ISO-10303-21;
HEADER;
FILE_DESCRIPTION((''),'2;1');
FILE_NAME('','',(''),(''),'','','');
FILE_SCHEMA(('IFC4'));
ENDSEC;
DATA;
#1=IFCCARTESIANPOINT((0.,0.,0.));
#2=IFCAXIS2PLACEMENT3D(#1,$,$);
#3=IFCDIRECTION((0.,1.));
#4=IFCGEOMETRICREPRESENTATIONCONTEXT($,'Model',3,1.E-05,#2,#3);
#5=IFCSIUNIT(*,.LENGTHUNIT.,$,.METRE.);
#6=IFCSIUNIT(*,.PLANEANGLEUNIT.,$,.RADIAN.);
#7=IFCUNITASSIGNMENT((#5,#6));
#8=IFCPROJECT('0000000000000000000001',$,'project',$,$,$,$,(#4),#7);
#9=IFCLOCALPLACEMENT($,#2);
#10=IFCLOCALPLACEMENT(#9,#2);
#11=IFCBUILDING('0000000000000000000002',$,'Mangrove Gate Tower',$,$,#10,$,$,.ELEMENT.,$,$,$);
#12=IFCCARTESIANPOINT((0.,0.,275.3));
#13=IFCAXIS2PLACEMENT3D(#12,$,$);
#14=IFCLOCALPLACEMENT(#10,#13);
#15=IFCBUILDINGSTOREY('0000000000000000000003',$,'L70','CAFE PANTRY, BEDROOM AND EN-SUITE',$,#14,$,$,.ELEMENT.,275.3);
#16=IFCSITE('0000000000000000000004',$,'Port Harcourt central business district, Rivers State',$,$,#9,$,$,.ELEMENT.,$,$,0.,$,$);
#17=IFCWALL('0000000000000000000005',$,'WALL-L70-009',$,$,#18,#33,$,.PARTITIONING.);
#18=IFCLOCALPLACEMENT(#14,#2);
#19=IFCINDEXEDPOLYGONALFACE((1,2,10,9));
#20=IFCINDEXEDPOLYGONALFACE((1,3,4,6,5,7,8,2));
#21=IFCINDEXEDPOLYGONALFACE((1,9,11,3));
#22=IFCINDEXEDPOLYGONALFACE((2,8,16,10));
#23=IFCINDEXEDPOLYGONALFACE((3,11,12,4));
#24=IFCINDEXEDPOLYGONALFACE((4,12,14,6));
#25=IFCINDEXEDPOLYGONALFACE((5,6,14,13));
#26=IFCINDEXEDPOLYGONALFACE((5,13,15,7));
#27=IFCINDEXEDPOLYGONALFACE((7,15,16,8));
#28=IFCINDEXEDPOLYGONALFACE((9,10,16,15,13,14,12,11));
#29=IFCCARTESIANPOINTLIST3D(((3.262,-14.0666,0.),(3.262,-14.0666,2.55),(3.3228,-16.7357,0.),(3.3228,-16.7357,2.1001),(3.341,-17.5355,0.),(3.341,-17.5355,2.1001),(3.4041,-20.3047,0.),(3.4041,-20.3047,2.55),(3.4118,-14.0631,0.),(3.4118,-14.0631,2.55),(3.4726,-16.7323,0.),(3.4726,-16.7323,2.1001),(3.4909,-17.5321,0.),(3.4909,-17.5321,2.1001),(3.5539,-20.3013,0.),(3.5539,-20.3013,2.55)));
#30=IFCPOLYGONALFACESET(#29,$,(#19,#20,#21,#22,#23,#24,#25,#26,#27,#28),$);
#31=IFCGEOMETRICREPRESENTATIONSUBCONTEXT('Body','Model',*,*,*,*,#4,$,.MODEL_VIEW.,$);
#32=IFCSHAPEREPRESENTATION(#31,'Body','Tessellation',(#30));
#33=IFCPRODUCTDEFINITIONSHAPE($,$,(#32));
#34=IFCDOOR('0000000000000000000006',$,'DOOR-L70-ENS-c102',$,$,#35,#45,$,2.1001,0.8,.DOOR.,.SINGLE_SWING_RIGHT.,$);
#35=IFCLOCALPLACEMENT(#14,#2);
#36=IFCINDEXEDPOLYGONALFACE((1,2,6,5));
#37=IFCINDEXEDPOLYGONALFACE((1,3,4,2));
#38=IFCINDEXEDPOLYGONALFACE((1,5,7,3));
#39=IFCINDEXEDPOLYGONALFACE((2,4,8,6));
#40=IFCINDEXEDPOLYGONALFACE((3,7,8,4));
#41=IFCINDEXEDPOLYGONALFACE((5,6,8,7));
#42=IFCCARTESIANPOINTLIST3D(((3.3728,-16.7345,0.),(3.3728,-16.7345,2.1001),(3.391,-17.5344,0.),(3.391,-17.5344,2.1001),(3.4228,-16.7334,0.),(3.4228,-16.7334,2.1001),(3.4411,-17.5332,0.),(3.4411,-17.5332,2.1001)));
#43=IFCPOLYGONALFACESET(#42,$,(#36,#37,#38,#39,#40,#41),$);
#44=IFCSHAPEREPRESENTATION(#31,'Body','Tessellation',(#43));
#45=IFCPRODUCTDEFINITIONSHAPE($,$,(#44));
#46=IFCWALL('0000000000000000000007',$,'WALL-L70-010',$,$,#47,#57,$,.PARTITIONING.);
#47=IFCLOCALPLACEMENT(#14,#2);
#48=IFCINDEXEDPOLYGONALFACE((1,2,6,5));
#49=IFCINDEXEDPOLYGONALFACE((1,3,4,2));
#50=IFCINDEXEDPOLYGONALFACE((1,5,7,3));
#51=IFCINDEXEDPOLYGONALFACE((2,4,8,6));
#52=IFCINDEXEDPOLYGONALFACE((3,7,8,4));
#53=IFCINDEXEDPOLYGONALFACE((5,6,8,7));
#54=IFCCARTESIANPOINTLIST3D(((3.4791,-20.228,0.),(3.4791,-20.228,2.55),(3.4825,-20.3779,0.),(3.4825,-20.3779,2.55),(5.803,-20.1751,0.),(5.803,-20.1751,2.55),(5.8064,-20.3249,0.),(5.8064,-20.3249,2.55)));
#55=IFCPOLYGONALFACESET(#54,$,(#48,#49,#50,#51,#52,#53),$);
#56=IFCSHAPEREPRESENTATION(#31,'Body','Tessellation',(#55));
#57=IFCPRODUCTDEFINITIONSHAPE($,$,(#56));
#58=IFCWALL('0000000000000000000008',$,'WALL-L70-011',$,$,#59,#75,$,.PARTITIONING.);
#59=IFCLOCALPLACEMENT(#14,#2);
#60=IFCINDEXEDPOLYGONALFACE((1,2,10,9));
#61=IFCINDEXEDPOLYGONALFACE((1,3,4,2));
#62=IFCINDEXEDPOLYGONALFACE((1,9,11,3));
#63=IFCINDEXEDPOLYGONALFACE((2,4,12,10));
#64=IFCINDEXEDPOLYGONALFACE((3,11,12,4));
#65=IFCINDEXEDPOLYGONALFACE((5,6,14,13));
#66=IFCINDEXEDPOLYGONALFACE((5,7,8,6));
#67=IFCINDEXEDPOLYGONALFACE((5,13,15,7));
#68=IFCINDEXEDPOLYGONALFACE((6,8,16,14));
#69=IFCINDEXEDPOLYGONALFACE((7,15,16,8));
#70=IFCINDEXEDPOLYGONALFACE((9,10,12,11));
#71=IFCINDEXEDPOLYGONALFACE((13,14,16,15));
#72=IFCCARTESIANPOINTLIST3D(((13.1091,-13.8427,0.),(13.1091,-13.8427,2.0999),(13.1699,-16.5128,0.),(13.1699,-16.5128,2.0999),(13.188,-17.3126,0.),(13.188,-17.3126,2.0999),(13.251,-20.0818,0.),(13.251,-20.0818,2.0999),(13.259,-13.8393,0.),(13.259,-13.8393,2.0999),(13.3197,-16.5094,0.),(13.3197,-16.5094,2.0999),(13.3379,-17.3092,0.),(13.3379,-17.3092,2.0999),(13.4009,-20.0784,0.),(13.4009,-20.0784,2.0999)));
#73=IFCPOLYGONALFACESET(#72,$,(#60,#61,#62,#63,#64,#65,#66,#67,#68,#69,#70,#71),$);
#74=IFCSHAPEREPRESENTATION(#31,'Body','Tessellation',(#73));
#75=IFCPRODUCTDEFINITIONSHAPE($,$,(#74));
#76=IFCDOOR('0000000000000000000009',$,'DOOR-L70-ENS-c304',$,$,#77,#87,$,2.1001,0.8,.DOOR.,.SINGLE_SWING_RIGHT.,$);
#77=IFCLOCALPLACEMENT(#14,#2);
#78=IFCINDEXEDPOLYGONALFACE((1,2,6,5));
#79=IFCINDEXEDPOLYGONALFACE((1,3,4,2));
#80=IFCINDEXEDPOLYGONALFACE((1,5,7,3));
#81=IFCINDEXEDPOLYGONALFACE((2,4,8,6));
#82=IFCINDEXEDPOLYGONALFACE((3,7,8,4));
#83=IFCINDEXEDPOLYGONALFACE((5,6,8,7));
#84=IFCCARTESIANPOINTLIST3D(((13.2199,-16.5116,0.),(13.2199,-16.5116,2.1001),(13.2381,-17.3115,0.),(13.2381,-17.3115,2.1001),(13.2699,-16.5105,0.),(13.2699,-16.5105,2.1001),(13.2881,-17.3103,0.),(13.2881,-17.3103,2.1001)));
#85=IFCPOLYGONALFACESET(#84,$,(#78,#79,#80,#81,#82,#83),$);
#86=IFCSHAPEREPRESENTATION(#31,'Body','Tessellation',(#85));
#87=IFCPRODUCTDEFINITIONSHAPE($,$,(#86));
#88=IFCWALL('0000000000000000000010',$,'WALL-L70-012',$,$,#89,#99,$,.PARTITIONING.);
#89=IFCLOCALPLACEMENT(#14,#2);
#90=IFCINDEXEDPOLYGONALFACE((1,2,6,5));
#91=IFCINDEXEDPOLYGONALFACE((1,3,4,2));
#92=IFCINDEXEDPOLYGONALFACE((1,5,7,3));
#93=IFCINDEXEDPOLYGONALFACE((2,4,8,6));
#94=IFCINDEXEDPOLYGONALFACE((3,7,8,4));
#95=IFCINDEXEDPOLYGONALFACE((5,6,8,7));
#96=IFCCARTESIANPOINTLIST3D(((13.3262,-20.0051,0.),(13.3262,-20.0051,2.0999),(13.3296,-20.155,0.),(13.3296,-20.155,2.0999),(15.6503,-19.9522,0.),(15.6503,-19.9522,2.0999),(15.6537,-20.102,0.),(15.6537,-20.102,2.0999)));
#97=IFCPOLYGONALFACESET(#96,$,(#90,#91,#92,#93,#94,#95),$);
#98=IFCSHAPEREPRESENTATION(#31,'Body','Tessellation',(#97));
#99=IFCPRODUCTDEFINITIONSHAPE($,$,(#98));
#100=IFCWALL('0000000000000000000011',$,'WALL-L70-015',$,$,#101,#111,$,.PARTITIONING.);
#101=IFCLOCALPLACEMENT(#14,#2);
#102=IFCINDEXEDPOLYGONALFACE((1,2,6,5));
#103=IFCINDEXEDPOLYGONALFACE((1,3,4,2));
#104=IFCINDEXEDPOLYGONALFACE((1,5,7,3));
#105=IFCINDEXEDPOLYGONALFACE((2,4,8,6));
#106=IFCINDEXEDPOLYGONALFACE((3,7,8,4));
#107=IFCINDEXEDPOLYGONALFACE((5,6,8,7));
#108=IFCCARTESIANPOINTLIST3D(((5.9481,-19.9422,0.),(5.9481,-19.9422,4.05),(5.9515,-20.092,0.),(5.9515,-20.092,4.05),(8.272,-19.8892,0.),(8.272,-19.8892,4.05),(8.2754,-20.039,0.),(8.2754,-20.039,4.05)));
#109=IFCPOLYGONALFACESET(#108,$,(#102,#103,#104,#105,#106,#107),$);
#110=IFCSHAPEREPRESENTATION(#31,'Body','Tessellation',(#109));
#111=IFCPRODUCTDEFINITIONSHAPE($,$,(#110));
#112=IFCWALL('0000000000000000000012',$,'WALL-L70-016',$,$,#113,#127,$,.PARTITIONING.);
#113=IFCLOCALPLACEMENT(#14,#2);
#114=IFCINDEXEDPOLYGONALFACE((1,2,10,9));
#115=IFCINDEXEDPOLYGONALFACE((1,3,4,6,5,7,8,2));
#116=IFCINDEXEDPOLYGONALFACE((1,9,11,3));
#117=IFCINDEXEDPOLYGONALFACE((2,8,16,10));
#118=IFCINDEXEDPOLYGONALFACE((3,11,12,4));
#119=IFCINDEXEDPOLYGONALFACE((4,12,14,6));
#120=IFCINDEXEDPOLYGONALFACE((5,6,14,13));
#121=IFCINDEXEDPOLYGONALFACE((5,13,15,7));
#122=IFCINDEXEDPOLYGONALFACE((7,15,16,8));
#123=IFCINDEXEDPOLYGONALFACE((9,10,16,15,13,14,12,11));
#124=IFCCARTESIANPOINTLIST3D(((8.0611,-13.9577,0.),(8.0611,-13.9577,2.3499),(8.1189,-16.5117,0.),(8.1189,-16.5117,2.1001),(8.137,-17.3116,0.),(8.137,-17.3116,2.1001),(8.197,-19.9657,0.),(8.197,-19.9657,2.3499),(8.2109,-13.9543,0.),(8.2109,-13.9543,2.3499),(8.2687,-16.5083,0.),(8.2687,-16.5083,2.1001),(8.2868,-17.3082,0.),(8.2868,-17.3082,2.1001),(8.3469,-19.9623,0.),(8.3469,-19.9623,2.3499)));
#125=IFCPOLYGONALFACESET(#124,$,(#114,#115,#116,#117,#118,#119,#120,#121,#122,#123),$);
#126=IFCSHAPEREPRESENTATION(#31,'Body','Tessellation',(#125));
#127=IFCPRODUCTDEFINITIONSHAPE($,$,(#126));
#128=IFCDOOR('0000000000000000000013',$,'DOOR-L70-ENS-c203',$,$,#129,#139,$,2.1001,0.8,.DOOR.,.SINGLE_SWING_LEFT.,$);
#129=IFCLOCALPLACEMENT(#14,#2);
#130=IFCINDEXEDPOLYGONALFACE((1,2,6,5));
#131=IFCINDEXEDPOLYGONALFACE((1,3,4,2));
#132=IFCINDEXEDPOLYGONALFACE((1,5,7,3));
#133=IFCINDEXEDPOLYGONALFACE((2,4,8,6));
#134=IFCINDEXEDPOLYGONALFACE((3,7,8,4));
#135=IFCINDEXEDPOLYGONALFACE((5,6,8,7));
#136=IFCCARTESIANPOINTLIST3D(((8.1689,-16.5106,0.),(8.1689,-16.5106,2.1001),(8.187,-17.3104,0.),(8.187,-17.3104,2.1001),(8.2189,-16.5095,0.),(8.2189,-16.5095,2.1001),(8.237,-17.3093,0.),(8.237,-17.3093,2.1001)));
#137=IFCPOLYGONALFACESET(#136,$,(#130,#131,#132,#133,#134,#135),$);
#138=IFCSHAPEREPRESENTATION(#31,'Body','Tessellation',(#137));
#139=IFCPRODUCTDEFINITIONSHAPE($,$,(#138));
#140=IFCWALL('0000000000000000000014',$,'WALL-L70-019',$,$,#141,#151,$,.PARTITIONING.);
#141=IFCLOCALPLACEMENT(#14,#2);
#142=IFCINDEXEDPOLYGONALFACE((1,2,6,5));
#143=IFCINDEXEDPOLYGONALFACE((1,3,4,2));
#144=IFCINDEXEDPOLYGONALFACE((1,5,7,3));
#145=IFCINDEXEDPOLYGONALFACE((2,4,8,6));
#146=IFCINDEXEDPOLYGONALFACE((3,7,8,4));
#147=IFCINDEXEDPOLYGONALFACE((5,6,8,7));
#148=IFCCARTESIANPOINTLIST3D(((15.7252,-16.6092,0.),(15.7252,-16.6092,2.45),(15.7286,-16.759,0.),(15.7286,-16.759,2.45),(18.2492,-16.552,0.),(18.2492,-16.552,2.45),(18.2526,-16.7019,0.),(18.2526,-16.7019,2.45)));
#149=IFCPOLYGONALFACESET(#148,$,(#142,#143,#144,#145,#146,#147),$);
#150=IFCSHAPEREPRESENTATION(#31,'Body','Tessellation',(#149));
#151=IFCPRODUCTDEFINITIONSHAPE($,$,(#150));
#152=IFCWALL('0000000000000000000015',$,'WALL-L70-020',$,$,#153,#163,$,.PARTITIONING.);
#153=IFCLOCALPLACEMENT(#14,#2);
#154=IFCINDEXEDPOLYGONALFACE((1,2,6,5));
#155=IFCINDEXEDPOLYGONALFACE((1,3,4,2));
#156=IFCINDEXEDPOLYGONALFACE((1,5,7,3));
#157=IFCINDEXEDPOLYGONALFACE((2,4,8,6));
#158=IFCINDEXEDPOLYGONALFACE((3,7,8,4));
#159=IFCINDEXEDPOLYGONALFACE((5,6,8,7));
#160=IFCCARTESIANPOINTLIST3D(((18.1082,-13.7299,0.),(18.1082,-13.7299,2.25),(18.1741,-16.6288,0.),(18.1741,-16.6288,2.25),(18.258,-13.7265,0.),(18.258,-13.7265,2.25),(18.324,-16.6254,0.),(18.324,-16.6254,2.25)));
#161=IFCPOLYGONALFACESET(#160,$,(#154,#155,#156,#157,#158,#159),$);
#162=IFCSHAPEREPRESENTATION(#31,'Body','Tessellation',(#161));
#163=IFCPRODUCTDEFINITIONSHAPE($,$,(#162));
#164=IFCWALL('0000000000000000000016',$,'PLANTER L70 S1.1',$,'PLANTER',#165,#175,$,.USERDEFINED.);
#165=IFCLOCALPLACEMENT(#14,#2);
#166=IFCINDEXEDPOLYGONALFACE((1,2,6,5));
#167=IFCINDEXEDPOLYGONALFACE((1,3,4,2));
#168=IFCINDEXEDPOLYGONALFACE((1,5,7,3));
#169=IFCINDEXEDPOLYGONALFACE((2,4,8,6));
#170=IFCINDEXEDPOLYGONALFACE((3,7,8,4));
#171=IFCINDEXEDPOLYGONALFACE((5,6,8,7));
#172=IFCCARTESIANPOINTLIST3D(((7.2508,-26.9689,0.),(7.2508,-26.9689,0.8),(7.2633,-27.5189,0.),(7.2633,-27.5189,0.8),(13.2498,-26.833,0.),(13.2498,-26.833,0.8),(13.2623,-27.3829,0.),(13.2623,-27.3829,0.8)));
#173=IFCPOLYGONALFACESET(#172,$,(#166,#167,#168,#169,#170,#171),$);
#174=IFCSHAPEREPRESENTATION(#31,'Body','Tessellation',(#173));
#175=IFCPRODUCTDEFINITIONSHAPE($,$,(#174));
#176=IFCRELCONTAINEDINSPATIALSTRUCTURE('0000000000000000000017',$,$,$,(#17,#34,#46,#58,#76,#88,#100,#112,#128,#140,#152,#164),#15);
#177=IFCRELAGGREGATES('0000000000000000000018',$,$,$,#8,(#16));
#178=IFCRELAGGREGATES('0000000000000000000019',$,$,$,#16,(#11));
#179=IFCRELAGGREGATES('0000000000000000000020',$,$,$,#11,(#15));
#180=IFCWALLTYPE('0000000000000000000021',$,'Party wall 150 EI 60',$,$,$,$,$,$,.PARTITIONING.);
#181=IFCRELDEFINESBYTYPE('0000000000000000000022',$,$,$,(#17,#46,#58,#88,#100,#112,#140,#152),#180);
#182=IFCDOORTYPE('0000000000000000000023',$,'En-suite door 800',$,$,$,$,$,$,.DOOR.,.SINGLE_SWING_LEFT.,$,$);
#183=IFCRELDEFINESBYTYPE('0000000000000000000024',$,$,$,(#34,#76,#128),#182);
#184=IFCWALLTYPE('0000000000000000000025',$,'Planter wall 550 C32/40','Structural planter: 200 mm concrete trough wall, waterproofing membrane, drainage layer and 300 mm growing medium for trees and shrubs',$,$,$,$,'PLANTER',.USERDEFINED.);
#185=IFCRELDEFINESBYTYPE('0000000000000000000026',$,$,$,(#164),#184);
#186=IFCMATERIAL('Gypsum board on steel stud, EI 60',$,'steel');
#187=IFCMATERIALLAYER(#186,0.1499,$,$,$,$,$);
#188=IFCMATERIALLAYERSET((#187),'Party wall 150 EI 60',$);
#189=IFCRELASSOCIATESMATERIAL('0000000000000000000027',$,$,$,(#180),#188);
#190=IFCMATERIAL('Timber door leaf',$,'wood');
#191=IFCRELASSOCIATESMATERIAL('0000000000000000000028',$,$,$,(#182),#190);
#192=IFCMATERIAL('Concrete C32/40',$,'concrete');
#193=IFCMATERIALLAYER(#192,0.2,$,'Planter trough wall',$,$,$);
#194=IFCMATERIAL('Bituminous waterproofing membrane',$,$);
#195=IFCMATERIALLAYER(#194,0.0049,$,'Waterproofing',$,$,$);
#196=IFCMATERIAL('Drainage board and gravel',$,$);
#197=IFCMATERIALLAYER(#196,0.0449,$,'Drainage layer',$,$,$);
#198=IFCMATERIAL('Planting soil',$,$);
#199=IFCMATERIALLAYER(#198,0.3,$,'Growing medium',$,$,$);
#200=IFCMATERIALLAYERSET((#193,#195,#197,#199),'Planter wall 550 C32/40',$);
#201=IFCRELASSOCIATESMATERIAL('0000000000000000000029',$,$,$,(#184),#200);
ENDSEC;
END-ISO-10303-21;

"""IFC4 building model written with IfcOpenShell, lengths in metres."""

from ifc_helpers import new_model, si_unit, direction, frame, frame_2d, origin, place, context, subcontext, project, spatial, rectangle, extrude, material, layer, layer_set, type_object, element, fill, save


model = new_model("IFC4")

# Units and contexts
model_context = context("Model", 3, precision=1e-05, world=origin(), true_north=direction((0.0, 1.0)))
body_context = subcontext(model_context, "Body", "Model", "MODEL_VIEW")
ifc_project = project(units=[si_unit("LENGTHUNIT", "METRE"), si_unit("PLANEANGLEUNIT", "RADIAN")], contexts=[model_context])

# Site, building, storey
site_placement = place(None, origin())
site = spatial("IfcSite", under=ifc_project, at=site_placement, Name="Port Harcourt central business district, Rivers State", CompositionType="ELEMENT", RefElevation=0.0)
building_placement = place(site_placement, origin())
building = spatial("IfcBuilding", under=site, at=building_placement, Name="Mangrove Gate Tower", CompositionType="ELEMENT")
storey_placement = place(building_placement, frame((0.0, 0.0, 275.3)))
storey = spatial("IfcBuildingStorey", under=building, at=storey_placement, Name="L70", Description="CAFE PANTRY, BEDROOM AND EN-SUITE", CompositionType="ELEMENT", Elevation=275.3)

# Shared definitions
ifc_material_1 = material(Name="Concrete C32/40", Category="concrete")
ifc_material_2 = material(Name="Gypsum board on steel stud, EI 60", Category="steel")
ifc_layer_1 = layer(ifc_material_2, 0.1499)
ifc_layer_set_1 = layer_set([ifc_layer_1], Name="Party wall 150 EI 60")
wall_type_1 = type_object("IfcWallType", Name="Party wall 150 EI 60", PredefinedType="PARTITIONING", material=ifc_layer_set_1)

# Wall, opening, door
wall_1_placement = place(storey_placement, frame((3.479, -20.303, 0.0), z_axis=(0.0, 0.0, 1.0), x_axis=(-0.022772, 0.999741, 0.0)))
wall_1 = element("IfcWall", 1, at=wall_1_placement, inside=storey, type_object=wall_type_1, Name="WALL-L70-009", PredefinedType="PARTITIONING", context=body_context, shape_type="SweptSolid", body=[
    extrude(rectangle(XDim=6.2397, YDim=0.1499, at=frame_2d((3.1199, 0.0))), origin(), (0.0, 0.0, 1.0), 2.55),
])
opening_1_placement = place(wall_1_placement, frame((2.77, 0.0, 0.0)))
opening_1 = element("IfcOpeningElement", 2, at=opening_1_placement, cuts=wall_1, PredefinedType="OPENING", context=body_context, shape_type="SweptSolid", body=[
    extrude(rectangle(XDim=0.8, YDim=2.1001, at=frame_2d((0.3999, 1.05))), frame((0.0, 0.085, 0.0), z_axis=(0.0, -1.0, 0.0), x_axis=(1.0, 0.0, 0.0)), (0.0, 0.0, 1.0), 0.1699),
])
ifc_material_3 = material(Name="Timber door leaf", Category="wood")
door_type = type_object("IfcDoorType", Name="En-suite door 800", OperationType="SINGLE_SWING_LEFT", PredefinedType="DOOR", material=ifc_material_3)
door_1_placement = place(opening_1_placement, origin())
door_1 = element("IfcDoor", 3, at=door_1_placement, inside=storey, type_object=door_type, Name="DOOR-L70-ENS-c102", OperationType="SINGLE_SWING_RIGHT", OverallHeight=2.1001, OverallWidth=0.8, PredefinedType="DOOR", context=body_context, shape_type="SweptSolid", body=[
    extrude(rectangle(XDim=0.8, YDim=2.1001, at=frame_2d((0.3999, 1.05))), frame((0.0, 0.0249, 0.0), z_axis=(0.0, -1.0, 0.0), x_axis=(1.0, 0.0, 0.0)), (0.0, 0.0, 1.0), 0.05),
])
fill(opening_1, door_1)

# Wall
wall_2_placement = place(storey_placement, frame((3.481, -20.303, 0.0), z_axis=(0.0, 0.0, 1.0), x_axis=(0.99974, 0.022791, 0.0)))
element("IfcWall", 4, at=wall_2_placement, inside=storey, type_object=wall_type_1, Name="WALL-L70-010", PredefinedType="PARTITIONING", context=body_context, shape_type="SweptSolid", body=[
    extrude(rectangle(XDim=2.3245, YDim=0.1499, at=frame_2d((1.1621, 0.0))), origin(), (0.0, 0.0, 1.0), 2.55),
])

# Wall, opening, door
wall_3_placement = place(storey_placement, frame((13.3259, -20.0801, 0.0), z_axis=(0.0, 0.0, 1.0), x_axis=(-0.022729, 0.999742, 0.0)))
wall_3 = element("IfcWall", 5, at=wall_3_placement, inside=storey, type_object=wall_type_1, Name="WALL-L70-011", PredefinedType="PARTITIONING", context=body_context, shape_type="SweptSolid", body=[
    extrude(rectangle(XDim=6.2407, YDim=0.1499, at=frame_2d((3.1204, 0.0))), origin(), (0.0, 0.0, 1.0), 2.0999),
])
opening_2_placement = place(wall_3_placement, frame((2.77, 0.0, 0.0)))
opening_2 = element("IfcOpeningElement", 6, at=opening_2_placement, cuts=wall_3, PredefinedType="OPENING", context=body_context, shape_type="SweptSolid", body=[
    extrude(rectangle(XDim=0.8, YDim=2.1001, at=frame_2d((0.3999, 1.05))), frame((0.0, 0.085, 0.0), z_axis=(0.0, -1.0, 0.0), x_axis=(1.0, 0.0, 0.0)), (0.0, 0.0, 1.0), 0.1699),
])
door_2_placement = place(opening_2_placement, origin())
door_2 = element("IfcDoor", 7, at=door_2_placement, inside=storey, type_object=door_type, Name="DOOR-L70-ENS-c304", OperationType="SINGLE_SWING_RIGHT", OverallHeight=2.1001, OverallWidth=0.8, PredefinedType="DOOR", context=body_context, shape_type="SweptSolid", body=[
    extrude(rectangle(XDim=0.8, YDim=2.1001, at=frame_2d((0.3999, 1.05))), frame((0.0, 0.0249, 0.0), z_axis=(0.0, -1.0, 0.0), x_axis=(1.0, 0.0, 0.0)), (0.0, 0.0, 1.0), 0.05),
])
fill(opening_2, door_2)

# Walls
wall_4_placement = place(storey_placement, frame((13.3279, -20.0801, 0.0), z_axis=(0.0, 0.0, 1.0), x_axis=(0.99974, 0.022788, 0.0)))
element("IfcWall", 8, at=wall_4_placement, inside=storey, type_object=wall_type_1, Name="WALL-L70-012", PredefinedType="PARTITIONING", context=body_context, shape_type="SweptSolid", body=[
    extrude(rectangle(XDim=2.3247, YDim=0.1499, at=frame_2d((1.1624, 0.0))), origin(), (0.0, 0.0, 1.0), 2.0999),
])
wall_5_placement = place(storey_placement, frame((5.95, -20.0171, 0.0), z_axis=(0.0, 0.0, 1.0), x_axis=(0.99974, 0.022791, 0.0)))
element("IfcWall", 9, at=wall_5_placement, inside=storey, type_object=wall_type_1, Name="WALL-L70-015", PredefinedType="PARTITIONING", context=body_context, shape_type="SweptSolid", body=[
    extrude(rectangle(XDim=2.3245, YDim=0.1499, at=frame_2d((1.1621, 0.0))), origin(), (0.0, 0.0, 1.0), 4.05),
])

# Wall, opening, door
wall_6_placement = place(storey_placement, frame((8.272, -19.9641, 0.0), z_axis=(0.0, 0.0, 1.0), x_axis=(-0.022628, 0.999744, 0.0)))
wall_6 = element("IfcWall", 10, at=wall_6_placement, inside=storey, type_object=wall_type_1, Name="WALL-L70-016", PredefinedType="PARTITIONING", context=body_context, shape_type="SweptSolid", body=[
    extrude(rectangle(XDim=6.0095, YDim=0.1499, at=frame_2d((3.0049, 0.0))), origin(), (0.0, 0.0, 1.0), 2.3499),
])
opening_3_placement = place(wall_6_placement, frame((2.655, 0.0, 0.0)))
opening_3 = element("IfcOpeningElement", 11, at=opening_3_placement, cuts=wall_6, PredefinedType="OPENING", context=body_context, shape_type="SweptSolid", body=[
    extrude(rectangle(XDim=0.8, YDim=2.1001, at=frame_2d((0.3999, 1.05))), frame((0.0, 0.085, 0.0), z_axis=(0.0, -1.0, 0.0), x_axis=(1.0, 0.0, 0.0)), (0.0, 0.0, 1.0), 0.1699),
])
door_3_placement = place(opening_3_placement, origin())
door_3 = element("IfcDoor", 12, at=door_3_placement, inside=storey, type_object=door_type, Name="DOOR-L70-ENS-c203", OperationType="SINGLE_SWING_LEFT", OverallHeight=2.1001, OverallWidth=0.8, PredefinedType="DOOR", context=body_context, shape_type="SweptSolid", body=[
    extrude(rectangle(XDim=0.8, YDim=2.1001, at=frame_2d((0.3999, 1.05))), frame((0.0, 0.0249, 0.0), z_axis=(0.0, -1.0, 0.0), x_axis=(1.0, 0.0, 0.0)), (0.0, 0.0, 1.0), 0.05),
])
fill(opening_3, door_3)

# Walls
wall_7_placement = place(storey_placement, frame((15.7271, -16.6841, 0.0), z_axis=(0.0, 0.0, 1.0), x_axis=(0.999744, 0.022629, 0.0)))
element("IfcWall", 13, at=wall_7_placement, inside=storey, type_object=wall_type_1, Name="WALL-L70-019", PredefinedType="PARTITIONING", context=body_context, shape_type="SweptSolid", body=[
    extrude(rectangle(XDim=2.5247, YDim=0.1499, at=frame_2d((1.2622, 0.0))), origin(), (0.0, 0.0, 1.0), 2.45),
])
wall_8_placement = place(storey_placement, frame((18.249, -16.627, 0.0), z_axis=(0.0, 0.0, 1.0), x_axis=(-0.022733, 0.999742, 0.0)))
element("IfcWall", 14, at=wall_8_placement, inside=storey, type_object=wall_type_1, Name="WALL-L70-020", PredefinedType="PARTITIONING", context=body_context, shape_type="SweptSolid", body=[
    extrude(rectangle(XDim=2.8997, YDim=0.1499, at=frame_2d((1.4497, 0.0))), origin(), (0.0, 0.0, 1.0), 2.25),
])
ifc_layer_2 = layer(ifc_material_1, 0.2, Name="Planter trough wall")
ifc_material_4 = material(Name="Bituminous waterproofing membrane")
ifc_layer_3 = layer(ifc_material_4, 0.0049, Name="Waterproofing")
ifc_material_5 = material(Name="Drainage board and gravel")
ifc_layer_4 = layer(ifc_material_5, 0.0449, Name="Drainage layer")
ifc_material_6 = material(Name="Planting soil")
ifc_layer_5 = layer(ifc_material_6, 0.3, Name="Growing medium")
ifc_layer_set_2 = layer_set([ifc_layer_2, ifc_layer_3, ifc_layer_4, ifc_layer_5], Name="Planter wall 550 C32/40")
wall_type_2 = type_object("IfcWallType", Name="Planter wall 550 C32/40", Description="Structural planter: 200 mm concrete trough wall, waterproofing membrane, drainage layer and 300 mm growing medium for trees and shrubs", ElementType="PLANTER", PredefinedType="USERDEFINED", material=ifc_layer_set_2)
wall_9_placement = place(storey_placement, frame((7.2571, -27.2439, 0.0), z_axis=(0.0, 0.0, 1.0), x_axis=(0.999743, 0.022662, 0.0)))
element("IfcWall", 15, at=wall_9_placement, inside=storey, type_object=wall_type_2, Name="PLANTER L70 S1.1", ObjectType="PLANTER", PredefinedType="USERDEFINED", context=body_context, shape_type="SweptSolid", body=[
    extrude(rectangle(XDim=6.0005, YDim=0.55, at=frame_2d((3.0002, 0.0))), origin(), (0.0, 0.0, 1.0), 0.8),
])

save(model, "model.ifc")
